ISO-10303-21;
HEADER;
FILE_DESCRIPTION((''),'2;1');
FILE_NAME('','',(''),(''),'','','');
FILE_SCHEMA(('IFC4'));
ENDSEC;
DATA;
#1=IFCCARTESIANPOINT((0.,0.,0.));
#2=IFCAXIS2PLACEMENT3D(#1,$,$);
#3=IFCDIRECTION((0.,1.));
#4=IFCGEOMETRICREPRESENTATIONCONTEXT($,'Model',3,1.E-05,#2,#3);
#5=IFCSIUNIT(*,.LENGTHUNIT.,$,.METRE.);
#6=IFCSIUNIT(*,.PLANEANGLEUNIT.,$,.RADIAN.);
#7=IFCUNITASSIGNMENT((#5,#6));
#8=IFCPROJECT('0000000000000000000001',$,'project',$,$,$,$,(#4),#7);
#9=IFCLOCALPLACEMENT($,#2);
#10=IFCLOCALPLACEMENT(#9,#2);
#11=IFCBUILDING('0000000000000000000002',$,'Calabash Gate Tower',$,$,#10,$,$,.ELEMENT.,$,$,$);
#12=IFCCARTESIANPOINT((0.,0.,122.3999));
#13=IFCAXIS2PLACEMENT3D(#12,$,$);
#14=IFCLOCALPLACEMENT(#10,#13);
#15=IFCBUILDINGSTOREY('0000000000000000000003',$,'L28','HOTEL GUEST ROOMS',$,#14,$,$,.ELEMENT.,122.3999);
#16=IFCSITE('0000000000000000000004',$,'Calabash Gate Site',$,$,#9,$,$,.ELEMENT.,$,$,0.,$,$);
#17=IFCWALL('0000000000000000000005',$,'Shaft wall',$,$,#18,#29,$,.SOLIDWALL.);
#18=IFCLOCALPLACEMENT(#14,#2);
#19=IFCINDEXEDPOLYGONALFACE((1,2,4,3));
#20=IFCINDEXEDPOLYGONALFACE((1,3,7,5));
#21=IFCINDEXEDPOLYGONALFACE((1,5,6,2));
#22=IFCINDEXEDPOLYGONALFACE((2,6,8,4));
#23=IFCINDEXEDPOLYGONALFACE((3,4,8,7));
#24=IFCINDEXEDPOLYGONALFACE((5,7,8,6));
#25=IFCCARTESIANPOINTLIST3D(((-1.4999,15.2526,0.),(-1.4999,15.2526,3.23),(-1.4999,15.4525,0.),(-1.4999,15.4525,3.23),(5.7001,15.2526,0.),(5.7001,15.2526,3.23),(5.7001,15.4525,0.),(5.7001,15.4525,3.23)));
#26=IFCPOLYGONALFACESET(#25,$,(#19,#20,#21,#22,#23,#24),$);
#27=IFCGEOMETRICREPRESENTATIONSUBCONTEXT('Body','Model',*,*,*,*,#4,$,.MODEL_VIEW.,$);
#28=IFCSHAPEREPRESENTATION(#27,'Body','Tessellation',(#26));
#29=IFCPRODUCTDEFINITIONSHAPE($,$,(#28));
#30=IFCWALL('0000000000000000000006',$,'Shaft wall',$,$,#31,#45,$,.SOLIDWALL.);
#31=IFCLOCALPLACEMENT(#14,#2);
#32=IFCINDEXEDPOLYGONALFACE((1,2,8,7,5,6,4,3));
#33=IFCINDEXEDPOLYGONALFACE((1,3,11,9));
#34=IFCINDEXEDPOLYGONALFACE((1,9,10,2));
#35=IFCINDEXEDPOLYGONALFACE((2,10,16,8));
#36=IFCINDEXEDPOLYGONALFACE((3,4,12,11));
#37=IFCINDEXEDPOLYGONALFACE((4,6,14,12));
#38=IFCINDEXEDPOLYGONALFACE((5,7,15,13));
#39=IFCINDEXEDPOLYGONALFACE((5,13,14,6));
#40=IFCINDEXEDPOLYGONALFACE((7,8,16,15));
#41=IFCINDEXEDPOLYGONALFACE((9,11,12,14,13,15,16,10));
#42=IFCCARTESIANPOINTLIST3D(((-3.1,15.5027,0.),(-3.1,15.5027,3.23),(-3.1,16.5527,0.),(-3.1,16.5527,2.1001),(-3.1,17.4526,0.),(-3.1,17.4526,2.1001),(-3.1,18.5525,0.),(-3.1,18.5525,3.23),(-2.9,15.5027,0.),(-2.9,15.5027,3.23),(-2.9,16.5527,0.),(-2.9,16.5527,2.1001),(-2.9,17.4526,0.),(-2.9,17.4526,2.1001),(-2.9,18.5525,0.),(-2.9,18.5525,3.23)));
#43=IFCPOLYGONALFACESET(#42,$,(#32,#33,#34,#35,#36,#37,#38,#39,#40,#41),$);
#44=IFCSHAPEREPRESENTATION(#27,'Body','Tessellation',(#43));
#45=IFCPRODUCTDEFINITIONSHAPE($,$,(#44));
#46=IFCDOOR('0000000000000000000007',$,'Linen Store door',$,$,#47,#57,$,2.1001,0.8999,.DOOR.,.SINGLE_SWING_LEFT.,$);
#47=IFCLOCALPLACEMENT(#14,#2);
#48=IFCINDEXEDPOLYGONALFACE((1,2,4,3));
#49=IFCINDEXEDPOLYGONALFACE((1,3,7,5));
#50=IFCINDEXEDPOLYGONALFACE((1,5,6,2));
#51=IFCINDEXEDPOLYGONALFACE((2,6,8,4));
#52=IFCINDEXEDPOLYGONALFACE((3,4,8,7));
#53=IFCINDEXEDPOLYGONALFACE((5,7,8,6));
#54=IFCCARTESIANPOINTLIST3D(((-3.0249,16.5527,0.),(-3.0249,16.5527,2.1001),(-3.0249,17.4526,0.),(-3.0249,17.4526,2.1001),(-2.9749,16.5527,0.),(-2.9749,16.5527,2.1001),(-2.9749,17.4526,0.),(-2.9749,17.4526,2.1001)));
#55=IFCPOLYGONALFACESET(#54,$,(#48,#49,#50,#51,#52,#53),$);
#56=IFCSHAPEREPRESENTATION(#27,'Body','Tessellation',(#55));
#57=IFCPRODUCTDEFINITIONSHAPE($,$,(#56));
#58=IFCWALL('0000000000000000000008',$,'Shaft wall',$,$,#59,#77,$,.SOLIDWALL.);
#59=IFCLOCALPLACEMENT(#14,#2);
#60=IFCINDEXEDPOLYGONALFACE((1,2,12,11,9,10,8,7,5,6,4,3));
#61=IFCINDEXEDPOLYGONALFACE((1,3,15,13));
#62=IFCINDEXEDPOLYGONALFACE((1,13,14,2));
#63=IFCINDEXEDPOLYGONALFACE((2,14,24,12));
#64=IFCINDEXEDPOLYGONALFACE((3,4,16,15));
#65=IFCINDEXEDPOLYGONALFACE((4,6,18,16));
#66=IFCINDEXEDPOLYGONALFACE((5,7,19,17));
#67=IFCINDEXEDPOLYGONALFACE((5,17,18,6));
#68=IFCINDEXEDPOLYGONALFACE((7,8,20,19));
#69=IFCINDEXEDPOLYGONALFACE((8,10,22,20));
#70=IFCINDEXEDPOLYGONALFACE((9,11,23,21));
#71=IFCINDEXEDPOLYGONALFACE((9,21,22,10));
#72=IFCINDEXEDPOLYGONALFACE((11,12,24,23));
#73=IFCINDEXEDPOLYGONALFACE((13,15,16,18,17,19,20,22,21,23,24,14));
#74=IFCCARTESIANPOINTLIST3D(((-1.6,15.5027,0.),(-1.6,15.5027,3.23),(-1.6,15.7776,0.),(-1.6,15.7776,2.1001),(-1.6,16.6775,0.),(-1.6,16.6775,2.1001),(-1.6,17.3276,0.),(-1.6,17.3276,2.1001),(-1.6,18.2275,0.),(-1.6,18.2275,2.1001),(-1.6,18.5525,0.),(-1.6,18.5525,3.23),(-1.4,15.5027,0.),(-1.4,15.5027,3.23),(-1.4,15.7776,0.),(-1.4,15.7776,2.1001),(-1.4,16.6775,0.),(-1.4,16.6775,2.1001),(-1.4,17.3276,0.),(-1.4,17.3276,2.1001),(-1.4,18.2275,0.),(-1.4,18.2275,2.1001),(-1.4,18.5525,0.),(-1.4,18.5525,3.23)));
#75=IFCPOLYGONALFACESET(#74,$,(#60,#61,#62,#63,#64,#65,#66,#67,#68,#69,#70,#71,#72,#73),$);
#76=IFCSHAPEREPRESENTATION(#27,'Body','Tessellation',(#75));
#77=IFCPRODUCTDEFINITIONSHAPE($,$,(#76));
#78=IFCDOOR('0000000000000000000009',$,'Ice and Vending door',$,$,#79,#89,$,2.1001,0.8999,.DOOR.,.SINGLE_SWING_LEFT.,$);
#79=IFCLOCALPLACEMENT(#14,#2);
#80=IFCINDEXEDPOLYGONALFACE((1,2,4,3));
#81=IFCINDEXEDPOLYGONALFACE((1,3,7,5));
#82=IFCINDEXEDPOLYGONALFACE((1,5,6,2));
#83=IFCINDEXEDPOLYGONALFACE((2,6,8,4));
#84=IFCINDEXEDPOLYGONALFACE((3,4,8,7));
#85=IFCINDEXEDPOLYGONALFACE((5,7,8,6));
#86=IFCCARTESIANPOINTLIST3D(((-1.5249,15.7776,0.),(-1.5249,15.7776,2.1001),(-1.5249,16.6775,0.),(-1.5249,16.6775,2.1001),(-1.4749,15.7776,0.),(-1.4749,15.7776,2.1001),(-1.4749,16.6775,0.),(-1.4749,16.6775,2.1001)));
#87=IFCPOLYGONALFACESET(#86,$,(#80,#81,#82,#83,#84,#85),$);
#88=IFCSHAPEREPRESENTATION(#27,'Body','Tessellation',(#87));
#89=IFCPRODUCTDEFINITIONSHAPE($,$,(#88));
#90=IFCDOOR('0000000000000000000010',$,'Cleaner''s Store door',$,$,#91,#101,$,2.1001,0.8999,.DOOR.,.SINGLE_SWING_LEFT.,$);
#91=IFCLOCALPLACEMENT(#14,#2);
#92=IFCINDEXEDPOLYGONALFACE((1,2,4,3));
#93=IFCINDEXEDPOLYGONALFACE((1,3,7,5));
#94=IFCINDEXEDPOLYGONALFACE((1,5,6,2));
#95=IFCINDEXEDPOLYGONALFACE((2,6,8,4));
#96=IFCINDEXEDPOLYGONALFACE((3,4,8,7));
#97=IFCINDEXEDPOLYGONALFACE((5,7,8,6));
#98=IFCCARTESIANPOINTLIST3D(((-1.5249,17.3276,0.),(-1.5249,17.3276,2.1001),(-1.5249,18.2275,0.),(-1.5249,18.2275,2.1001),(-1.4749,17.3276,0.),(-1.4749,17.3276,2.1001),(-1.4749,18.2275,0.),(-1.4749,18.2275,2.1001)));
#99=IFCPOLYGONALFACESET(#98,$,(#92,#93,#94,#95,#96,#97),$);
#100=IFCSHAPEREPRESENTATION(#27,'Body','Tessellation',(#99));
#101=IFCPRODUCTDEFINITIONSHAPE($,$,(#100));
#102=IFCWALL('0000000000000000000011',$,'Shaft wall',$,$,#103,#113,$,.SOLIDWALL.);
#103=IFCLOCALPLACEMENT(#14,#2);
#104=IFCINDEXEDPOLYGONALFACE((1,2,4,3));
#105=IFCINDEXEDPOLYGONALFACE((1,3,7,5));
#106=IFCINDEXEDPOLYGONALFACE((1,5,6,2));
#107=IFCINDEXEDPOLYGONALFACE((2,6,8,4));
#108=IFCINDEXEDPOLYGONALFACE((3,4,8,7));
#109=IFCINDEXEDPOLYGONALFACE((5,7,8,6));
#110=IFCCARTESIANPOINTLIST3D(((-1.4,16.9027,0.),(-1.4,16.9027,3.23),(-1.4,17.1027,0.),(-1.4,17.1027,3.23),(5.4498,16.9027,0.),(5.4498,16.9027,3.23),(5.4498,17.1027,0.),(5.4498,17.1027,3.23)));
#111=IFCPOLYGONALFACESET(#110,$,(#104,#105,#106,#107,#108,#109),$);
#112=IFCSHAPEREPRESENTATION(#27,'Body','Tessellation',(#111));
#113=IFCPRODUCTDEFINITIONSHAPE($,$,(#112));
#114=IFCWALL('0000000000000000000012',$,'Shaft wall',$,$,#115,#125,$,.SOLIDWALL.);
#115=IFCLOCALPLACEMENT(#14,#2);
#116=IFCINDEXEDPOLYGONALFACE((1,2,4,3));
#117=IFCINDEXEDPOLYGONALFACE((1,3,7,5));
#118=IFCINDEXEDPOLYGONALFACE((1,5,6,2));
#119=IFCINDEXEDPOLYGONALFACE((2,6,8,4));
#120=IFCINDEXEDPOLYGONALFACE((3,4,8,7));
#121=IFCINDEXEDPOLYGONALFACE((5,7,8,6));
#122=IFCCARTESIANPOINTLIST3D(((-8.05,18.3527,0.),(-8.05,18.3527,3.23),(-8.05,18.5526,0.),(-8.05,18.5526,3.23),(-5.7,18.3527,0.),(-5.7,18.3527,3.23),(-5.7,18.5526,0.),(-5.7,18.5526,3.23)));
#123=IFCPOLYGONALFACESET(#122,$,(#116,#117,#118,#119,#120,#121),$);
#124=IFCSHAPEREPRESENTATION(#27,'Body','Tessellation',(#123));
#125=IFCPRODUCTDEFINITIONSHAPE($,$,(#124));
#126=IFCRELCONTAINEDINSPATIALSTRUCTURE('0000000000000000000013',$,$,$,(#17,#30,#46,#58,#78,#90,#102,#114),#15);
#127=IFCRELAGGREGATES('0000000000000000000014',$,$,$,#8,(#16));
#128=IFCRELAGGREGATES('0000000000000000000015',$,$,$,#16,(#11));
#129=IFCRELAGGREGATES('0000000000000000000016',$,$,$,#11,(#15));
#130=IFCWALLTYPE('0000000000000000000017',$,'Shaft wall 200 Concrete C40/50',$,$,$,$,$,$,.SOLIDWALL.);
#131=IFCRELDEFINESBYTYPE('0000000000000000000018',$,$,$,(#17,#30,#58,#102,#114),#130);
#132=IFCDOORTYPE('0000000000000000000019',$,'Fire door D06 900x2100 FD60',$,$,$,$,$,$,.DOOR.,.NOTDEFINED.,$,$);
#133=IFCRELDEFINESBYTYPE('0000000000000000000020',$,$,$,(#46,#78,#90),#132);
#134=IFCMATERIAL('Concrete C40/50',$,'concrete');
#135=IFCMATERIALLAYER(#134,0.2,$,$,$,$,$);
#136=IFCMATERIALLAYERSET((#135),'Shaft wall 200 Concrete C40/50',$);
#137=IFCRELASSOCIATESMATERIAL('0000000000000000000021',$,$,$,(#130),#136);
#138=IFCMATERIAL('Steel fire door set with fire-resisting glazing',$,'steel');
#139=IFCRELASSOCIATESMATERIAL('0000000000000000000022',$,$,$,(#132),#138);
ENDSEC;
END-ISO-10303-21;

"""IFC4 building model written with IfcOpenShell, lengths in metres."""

from ifc_helpers import new_model, si_unit, direction, frame, frame_2d, origin, place, context, subcontext, project, spatial, rectangle, extrude, material, layer, layer_set, type_object, element, fill, save


model = new_model("IFC4")

# Units and contexts
model_context = context("Model", 3, precision=1e-05, world=origin(), true_north=direction((0.0, 1.0)))
body_context = subcontext(model_context, "Body", "Model", "MODEL_VIEW")
ifc_project = project(units=[si_unit("LENGTHUNIT", "METRE"), si_unit("PLANEANGLEUNIT", "RADIAN")], contexts=[model_context])

# Site, building, storey
site_placement = place(None, origin())
site = spatial("IfcSite", under=ifc_project, at=site_placement, Name="Calabash Gate Site", CompositionType="ELEMENT", RefElevation=0.0)
building_placement = place(site_placement, origin())
building = spatial("IfcBuilding", under=site, at=building_placement, Name="Calabash Gate Tower", CompositionType="ELEMENT")
storey_placement = place(building_placement, frame((0.0, 0.0, 122.3999)))
storey = spatial("IfcBuildingStorey", under=building, at=storey_placement, Name="L28", Description="HOTEL GUEST ROOMS", CompositionType="ELEMENT", Elevation=122.3999)

# Shared definitions
ifc_material_1 = material(Name="Concrete C40/50", Category="concrete")
ifc_layer_1 = layer(ifc_material_1, 0.2)
ifc_layer_set_1 = layer_set([ifc_layer_1], Name="Shaft wall 200 Concrete C40/50")
wall_type_1 = type_object("IfcWallType", Name="Shaft wall 200 Concrete C40/50", PredefinedType="SOLIDWALL", material=ifc_layer_set_1)
ifc_material_2 = material(Name="Steel fire door set with fire-resisting glazing", Category="steel")
door_type_1 = type_object("IfcDoorType", Name="Fire door D06 900x2100 FD60", OperationType="NOTDEFINED", PredefinedType="DOOR", material=ifc_material_2)

# Wall
wall_1_placement = place(storey_placement, frame((-1.5, 15.3525, 0.0), z_axis=(0.0, 0.0, 1.0), x_axis=(1.0, 0.0, 0.0)))
element("IfcWall", 1, at=wall_1_placement, inside=storey, type_object=wall_type_1, Name="Shaft wall", PredefinedType="SOLIDWALL", context=body_context, shape_type="SweptSolid", body=[
    extrude(rectangle(XDim=7.2, YDim=0.2, at=frame_2d((3.6001, 0.0))), origin(), (0.0, 0.0, 1.0), 3.23),
])

# Wall, opening, door
wall_2_placement = place(storey_placement, frame((-3.0, 15.5027, 0.0), z_axis=(0.0, 0.0, 1.0), x_axis=(0.0, 1.0, 0.0)))
wall_2 = element("IfcWall", 2, at=wall_2_placement, inside=storey, type_object=wall_type_1, Name="Shaft wall", PredefinedType="SOLIDWALL", context=body_context, shape_type="SweptSolid", body=[
    extrude(rectangle(XDim=3.0498, YDim=0.2, at=frame_2d((1.5249, 0.0))), origin(), (0.0, 0.0, 1.0), 3.23),
])
opening_1_placement = place(wall_2_placement, frame((1.05, 0.0, 0.0)))
opening_1 = element("IfcOpeningElement", 3, at=opening_1_placement, cuts=wall_2, PredefinedType="OPENING", context=body_context, shape_type="SweptSolid", body=[
    extrude(rectangle(XDim=0.8999, YDim=2.1001, at=frame_2d((0.45, 1.05))), frame((0.0, 0.1099, 0.0), z_axis=(0.0, -1.0, 0.0), x_axis=(1.0, 0.0, 0.0)), (0.0, 0.0, 1.0), 0.22),
])
door_1_placement = place(opening_1_placement, origin())
door_1 = element("IfcDoor", 4, at=door_1_placement, inside=storey, type_object=door_type_1, Name="Linen Store door", OperationType="SINGLE_SWING_LEFT", OverallHeight=2.1001, OverallWidth=0.8999, PredefinedType="DOOR", context=body_context, shape_type="SweptSolid", body=[
    extrude(rectangle(XDim=0.8999, YDim=2.1001, at=frame_2d((0.45, 1.05))), frame((0.0, 0.0249, 0.0), z_axis=(0.0, -1.0, 0.0), x_axis=(1.0, 0.0, 0.0)), (0.0, 0.0, 1.0), 0.05),
])
fill(opening_1, door_1)

# Wall, openings, doors
wall_3_placement = place(storey_placement, frame((-1.5, 15.5027, 0.0), z_axis=(0.0, 0.0, 1.0), x_axis=(0.0, 1.0, 0.0)))
wall_3 = element("IfcWall", 5, at=wall_3_placement, inside=storey, type_object=wall_type_1, Name="Shaft wall", PredefinedType="SOLIDWALL", context=body_context, shape_type="SweptSolid", body=[
    extrude(rectangle(XDim=3.0498, YDim=0.2, at=frame_2d((1.5249, 0.0))), origin(), (0.0, 0.0, 1.0), 3.23),
])
opening_2_placement = place(wall_3_placement, frame((0.2749, 0.0, 0.0)))
opening_2 = element("IfcOpeningElement", 6, at=opening_2_placement, cuts=wall_3, PredefinedType="OPENING", context=body_context, shape_type="SweptSolid", body=[
    extrude(rectangle(XDim=0.8999, YDim=2.1001, at=frame_2d((0.45, 1.05))), frame((0.0, 0.1099, 0.0), z_axis=(0.0, -1.0, 0.0), x_axis=(1.0, 0.0, 0.0)), (0.0, 0.0, 1.0), 0.22),
])
opening_3_placement = place(wall_3_placement, frame((1.825, 0.0, 0.0)))
opening_3 = element("IfcOpeningElement", 7, at=opening_3_placement, cuts=wall_3, PredefinedType="OPENING", context=body_context, shape_type="SweptSolid", body=[
    extrude(rectangle(XDim=0.8999, YDim=2.1001, at=frame_2d((0.45, 1.05))), frame((0.0, 0.1099, 0.0), z_axis=(0.0, -1.0, 0.0), x_axis=(1.0, 0.0, 0.0)), (0.0, 0.0, 1.0), 0.22),
])
door_2_placement = place(opening_2_placement, origin())
door_2 = element("IfcDoor", 8, at=door_2_placement, inside=storey, type_object=door_type_1, Name="Ice and Vending door", OperationType="SINGLE_SWING_LEFT", OverallHeight=2.1001, OverallWidth=0.8999, PredefinedType="DOOR", context=body_context, shape_type="SweptSolid", body=[
    extrude(rectangle(XDim=0.8999, YDim=2.1001, at=frame_2d((0.45, 1.05))), frame((0.0, 0.0249, 0.0), z_axis=(0.0, -1.0, 0.0), x_axis=(1.0, 0.0, 0.0)), (0.0, 0.0, 1.0), 0.05),
])
fill(opening_2, door_2)
door_3_placement = place(opening_3_placement, origin())
door_3 = element("IfcDoor", 9, at=door_3_placement, inside=storey, type_object=door_type_1, Name="Cleaner's Store door", OperationType="SINGLE_SWING_LEFT", OverallHeight=2.1001, OverallWidth=0.8999, PredefinedType="DOOR", context=body_context, shape_type="SweptSolid", body=[
    extrude(rectangle(XDim=0.8999, YDim=2.1001, at=frame_2d((0.45, 1.05))), frame((0.0, 0.0249, 0.0), z_axis=(0.0, -1.0, 0.0), x_axis=(1.0, 0.0, 0.0)), (0.0, 0.0, 1.0), 0.05),
])
fill(opening_3, door_3)

# Walls
wall_4_placement = place(storey_placement, frame((-1.3999, 17.0027, 0.0), z_axis=(0.0, 0.0, 1.0), x_axis=(1.0, 0.0, 0.0)))
element("IfcWall", 10, at=wall_4_placement, inside=storey, type_object=wall_type_1, Name="Shaft wall", PredefinedType="SOLIDWALL", context=body_context, shape_type="SweptSolid", body=[
    extrude(rectangle(XDim=6.8499, YDim=0.2, at=frame_2d((3.4248, 0.0))), origin(), (0.0, 0.0, 1.0), 3.23),
])
wall_5_placement = place(storey_placement, frame((-8.05, 18.4526, 0.0), z_axis=(0.0, 0.0, 1.0), x_axis=(1.0, 0.0, 0.0)))
element("IfcWall", 11, at=wall_5_placement, inside=storey, type_object=wall_type_1, Name="Shaft wall", PredefinedType="SOLIDWALL", context=body_context, shape_type="SweptSolid", body=[
    extrude(rectangle(XDim=2.3501, YDim=0.2, at=frame_2d((1.175, 0.0))), origin(), (0.0, 0.0, 1.0), 3.23),
])

save(model, "model.ifc")
